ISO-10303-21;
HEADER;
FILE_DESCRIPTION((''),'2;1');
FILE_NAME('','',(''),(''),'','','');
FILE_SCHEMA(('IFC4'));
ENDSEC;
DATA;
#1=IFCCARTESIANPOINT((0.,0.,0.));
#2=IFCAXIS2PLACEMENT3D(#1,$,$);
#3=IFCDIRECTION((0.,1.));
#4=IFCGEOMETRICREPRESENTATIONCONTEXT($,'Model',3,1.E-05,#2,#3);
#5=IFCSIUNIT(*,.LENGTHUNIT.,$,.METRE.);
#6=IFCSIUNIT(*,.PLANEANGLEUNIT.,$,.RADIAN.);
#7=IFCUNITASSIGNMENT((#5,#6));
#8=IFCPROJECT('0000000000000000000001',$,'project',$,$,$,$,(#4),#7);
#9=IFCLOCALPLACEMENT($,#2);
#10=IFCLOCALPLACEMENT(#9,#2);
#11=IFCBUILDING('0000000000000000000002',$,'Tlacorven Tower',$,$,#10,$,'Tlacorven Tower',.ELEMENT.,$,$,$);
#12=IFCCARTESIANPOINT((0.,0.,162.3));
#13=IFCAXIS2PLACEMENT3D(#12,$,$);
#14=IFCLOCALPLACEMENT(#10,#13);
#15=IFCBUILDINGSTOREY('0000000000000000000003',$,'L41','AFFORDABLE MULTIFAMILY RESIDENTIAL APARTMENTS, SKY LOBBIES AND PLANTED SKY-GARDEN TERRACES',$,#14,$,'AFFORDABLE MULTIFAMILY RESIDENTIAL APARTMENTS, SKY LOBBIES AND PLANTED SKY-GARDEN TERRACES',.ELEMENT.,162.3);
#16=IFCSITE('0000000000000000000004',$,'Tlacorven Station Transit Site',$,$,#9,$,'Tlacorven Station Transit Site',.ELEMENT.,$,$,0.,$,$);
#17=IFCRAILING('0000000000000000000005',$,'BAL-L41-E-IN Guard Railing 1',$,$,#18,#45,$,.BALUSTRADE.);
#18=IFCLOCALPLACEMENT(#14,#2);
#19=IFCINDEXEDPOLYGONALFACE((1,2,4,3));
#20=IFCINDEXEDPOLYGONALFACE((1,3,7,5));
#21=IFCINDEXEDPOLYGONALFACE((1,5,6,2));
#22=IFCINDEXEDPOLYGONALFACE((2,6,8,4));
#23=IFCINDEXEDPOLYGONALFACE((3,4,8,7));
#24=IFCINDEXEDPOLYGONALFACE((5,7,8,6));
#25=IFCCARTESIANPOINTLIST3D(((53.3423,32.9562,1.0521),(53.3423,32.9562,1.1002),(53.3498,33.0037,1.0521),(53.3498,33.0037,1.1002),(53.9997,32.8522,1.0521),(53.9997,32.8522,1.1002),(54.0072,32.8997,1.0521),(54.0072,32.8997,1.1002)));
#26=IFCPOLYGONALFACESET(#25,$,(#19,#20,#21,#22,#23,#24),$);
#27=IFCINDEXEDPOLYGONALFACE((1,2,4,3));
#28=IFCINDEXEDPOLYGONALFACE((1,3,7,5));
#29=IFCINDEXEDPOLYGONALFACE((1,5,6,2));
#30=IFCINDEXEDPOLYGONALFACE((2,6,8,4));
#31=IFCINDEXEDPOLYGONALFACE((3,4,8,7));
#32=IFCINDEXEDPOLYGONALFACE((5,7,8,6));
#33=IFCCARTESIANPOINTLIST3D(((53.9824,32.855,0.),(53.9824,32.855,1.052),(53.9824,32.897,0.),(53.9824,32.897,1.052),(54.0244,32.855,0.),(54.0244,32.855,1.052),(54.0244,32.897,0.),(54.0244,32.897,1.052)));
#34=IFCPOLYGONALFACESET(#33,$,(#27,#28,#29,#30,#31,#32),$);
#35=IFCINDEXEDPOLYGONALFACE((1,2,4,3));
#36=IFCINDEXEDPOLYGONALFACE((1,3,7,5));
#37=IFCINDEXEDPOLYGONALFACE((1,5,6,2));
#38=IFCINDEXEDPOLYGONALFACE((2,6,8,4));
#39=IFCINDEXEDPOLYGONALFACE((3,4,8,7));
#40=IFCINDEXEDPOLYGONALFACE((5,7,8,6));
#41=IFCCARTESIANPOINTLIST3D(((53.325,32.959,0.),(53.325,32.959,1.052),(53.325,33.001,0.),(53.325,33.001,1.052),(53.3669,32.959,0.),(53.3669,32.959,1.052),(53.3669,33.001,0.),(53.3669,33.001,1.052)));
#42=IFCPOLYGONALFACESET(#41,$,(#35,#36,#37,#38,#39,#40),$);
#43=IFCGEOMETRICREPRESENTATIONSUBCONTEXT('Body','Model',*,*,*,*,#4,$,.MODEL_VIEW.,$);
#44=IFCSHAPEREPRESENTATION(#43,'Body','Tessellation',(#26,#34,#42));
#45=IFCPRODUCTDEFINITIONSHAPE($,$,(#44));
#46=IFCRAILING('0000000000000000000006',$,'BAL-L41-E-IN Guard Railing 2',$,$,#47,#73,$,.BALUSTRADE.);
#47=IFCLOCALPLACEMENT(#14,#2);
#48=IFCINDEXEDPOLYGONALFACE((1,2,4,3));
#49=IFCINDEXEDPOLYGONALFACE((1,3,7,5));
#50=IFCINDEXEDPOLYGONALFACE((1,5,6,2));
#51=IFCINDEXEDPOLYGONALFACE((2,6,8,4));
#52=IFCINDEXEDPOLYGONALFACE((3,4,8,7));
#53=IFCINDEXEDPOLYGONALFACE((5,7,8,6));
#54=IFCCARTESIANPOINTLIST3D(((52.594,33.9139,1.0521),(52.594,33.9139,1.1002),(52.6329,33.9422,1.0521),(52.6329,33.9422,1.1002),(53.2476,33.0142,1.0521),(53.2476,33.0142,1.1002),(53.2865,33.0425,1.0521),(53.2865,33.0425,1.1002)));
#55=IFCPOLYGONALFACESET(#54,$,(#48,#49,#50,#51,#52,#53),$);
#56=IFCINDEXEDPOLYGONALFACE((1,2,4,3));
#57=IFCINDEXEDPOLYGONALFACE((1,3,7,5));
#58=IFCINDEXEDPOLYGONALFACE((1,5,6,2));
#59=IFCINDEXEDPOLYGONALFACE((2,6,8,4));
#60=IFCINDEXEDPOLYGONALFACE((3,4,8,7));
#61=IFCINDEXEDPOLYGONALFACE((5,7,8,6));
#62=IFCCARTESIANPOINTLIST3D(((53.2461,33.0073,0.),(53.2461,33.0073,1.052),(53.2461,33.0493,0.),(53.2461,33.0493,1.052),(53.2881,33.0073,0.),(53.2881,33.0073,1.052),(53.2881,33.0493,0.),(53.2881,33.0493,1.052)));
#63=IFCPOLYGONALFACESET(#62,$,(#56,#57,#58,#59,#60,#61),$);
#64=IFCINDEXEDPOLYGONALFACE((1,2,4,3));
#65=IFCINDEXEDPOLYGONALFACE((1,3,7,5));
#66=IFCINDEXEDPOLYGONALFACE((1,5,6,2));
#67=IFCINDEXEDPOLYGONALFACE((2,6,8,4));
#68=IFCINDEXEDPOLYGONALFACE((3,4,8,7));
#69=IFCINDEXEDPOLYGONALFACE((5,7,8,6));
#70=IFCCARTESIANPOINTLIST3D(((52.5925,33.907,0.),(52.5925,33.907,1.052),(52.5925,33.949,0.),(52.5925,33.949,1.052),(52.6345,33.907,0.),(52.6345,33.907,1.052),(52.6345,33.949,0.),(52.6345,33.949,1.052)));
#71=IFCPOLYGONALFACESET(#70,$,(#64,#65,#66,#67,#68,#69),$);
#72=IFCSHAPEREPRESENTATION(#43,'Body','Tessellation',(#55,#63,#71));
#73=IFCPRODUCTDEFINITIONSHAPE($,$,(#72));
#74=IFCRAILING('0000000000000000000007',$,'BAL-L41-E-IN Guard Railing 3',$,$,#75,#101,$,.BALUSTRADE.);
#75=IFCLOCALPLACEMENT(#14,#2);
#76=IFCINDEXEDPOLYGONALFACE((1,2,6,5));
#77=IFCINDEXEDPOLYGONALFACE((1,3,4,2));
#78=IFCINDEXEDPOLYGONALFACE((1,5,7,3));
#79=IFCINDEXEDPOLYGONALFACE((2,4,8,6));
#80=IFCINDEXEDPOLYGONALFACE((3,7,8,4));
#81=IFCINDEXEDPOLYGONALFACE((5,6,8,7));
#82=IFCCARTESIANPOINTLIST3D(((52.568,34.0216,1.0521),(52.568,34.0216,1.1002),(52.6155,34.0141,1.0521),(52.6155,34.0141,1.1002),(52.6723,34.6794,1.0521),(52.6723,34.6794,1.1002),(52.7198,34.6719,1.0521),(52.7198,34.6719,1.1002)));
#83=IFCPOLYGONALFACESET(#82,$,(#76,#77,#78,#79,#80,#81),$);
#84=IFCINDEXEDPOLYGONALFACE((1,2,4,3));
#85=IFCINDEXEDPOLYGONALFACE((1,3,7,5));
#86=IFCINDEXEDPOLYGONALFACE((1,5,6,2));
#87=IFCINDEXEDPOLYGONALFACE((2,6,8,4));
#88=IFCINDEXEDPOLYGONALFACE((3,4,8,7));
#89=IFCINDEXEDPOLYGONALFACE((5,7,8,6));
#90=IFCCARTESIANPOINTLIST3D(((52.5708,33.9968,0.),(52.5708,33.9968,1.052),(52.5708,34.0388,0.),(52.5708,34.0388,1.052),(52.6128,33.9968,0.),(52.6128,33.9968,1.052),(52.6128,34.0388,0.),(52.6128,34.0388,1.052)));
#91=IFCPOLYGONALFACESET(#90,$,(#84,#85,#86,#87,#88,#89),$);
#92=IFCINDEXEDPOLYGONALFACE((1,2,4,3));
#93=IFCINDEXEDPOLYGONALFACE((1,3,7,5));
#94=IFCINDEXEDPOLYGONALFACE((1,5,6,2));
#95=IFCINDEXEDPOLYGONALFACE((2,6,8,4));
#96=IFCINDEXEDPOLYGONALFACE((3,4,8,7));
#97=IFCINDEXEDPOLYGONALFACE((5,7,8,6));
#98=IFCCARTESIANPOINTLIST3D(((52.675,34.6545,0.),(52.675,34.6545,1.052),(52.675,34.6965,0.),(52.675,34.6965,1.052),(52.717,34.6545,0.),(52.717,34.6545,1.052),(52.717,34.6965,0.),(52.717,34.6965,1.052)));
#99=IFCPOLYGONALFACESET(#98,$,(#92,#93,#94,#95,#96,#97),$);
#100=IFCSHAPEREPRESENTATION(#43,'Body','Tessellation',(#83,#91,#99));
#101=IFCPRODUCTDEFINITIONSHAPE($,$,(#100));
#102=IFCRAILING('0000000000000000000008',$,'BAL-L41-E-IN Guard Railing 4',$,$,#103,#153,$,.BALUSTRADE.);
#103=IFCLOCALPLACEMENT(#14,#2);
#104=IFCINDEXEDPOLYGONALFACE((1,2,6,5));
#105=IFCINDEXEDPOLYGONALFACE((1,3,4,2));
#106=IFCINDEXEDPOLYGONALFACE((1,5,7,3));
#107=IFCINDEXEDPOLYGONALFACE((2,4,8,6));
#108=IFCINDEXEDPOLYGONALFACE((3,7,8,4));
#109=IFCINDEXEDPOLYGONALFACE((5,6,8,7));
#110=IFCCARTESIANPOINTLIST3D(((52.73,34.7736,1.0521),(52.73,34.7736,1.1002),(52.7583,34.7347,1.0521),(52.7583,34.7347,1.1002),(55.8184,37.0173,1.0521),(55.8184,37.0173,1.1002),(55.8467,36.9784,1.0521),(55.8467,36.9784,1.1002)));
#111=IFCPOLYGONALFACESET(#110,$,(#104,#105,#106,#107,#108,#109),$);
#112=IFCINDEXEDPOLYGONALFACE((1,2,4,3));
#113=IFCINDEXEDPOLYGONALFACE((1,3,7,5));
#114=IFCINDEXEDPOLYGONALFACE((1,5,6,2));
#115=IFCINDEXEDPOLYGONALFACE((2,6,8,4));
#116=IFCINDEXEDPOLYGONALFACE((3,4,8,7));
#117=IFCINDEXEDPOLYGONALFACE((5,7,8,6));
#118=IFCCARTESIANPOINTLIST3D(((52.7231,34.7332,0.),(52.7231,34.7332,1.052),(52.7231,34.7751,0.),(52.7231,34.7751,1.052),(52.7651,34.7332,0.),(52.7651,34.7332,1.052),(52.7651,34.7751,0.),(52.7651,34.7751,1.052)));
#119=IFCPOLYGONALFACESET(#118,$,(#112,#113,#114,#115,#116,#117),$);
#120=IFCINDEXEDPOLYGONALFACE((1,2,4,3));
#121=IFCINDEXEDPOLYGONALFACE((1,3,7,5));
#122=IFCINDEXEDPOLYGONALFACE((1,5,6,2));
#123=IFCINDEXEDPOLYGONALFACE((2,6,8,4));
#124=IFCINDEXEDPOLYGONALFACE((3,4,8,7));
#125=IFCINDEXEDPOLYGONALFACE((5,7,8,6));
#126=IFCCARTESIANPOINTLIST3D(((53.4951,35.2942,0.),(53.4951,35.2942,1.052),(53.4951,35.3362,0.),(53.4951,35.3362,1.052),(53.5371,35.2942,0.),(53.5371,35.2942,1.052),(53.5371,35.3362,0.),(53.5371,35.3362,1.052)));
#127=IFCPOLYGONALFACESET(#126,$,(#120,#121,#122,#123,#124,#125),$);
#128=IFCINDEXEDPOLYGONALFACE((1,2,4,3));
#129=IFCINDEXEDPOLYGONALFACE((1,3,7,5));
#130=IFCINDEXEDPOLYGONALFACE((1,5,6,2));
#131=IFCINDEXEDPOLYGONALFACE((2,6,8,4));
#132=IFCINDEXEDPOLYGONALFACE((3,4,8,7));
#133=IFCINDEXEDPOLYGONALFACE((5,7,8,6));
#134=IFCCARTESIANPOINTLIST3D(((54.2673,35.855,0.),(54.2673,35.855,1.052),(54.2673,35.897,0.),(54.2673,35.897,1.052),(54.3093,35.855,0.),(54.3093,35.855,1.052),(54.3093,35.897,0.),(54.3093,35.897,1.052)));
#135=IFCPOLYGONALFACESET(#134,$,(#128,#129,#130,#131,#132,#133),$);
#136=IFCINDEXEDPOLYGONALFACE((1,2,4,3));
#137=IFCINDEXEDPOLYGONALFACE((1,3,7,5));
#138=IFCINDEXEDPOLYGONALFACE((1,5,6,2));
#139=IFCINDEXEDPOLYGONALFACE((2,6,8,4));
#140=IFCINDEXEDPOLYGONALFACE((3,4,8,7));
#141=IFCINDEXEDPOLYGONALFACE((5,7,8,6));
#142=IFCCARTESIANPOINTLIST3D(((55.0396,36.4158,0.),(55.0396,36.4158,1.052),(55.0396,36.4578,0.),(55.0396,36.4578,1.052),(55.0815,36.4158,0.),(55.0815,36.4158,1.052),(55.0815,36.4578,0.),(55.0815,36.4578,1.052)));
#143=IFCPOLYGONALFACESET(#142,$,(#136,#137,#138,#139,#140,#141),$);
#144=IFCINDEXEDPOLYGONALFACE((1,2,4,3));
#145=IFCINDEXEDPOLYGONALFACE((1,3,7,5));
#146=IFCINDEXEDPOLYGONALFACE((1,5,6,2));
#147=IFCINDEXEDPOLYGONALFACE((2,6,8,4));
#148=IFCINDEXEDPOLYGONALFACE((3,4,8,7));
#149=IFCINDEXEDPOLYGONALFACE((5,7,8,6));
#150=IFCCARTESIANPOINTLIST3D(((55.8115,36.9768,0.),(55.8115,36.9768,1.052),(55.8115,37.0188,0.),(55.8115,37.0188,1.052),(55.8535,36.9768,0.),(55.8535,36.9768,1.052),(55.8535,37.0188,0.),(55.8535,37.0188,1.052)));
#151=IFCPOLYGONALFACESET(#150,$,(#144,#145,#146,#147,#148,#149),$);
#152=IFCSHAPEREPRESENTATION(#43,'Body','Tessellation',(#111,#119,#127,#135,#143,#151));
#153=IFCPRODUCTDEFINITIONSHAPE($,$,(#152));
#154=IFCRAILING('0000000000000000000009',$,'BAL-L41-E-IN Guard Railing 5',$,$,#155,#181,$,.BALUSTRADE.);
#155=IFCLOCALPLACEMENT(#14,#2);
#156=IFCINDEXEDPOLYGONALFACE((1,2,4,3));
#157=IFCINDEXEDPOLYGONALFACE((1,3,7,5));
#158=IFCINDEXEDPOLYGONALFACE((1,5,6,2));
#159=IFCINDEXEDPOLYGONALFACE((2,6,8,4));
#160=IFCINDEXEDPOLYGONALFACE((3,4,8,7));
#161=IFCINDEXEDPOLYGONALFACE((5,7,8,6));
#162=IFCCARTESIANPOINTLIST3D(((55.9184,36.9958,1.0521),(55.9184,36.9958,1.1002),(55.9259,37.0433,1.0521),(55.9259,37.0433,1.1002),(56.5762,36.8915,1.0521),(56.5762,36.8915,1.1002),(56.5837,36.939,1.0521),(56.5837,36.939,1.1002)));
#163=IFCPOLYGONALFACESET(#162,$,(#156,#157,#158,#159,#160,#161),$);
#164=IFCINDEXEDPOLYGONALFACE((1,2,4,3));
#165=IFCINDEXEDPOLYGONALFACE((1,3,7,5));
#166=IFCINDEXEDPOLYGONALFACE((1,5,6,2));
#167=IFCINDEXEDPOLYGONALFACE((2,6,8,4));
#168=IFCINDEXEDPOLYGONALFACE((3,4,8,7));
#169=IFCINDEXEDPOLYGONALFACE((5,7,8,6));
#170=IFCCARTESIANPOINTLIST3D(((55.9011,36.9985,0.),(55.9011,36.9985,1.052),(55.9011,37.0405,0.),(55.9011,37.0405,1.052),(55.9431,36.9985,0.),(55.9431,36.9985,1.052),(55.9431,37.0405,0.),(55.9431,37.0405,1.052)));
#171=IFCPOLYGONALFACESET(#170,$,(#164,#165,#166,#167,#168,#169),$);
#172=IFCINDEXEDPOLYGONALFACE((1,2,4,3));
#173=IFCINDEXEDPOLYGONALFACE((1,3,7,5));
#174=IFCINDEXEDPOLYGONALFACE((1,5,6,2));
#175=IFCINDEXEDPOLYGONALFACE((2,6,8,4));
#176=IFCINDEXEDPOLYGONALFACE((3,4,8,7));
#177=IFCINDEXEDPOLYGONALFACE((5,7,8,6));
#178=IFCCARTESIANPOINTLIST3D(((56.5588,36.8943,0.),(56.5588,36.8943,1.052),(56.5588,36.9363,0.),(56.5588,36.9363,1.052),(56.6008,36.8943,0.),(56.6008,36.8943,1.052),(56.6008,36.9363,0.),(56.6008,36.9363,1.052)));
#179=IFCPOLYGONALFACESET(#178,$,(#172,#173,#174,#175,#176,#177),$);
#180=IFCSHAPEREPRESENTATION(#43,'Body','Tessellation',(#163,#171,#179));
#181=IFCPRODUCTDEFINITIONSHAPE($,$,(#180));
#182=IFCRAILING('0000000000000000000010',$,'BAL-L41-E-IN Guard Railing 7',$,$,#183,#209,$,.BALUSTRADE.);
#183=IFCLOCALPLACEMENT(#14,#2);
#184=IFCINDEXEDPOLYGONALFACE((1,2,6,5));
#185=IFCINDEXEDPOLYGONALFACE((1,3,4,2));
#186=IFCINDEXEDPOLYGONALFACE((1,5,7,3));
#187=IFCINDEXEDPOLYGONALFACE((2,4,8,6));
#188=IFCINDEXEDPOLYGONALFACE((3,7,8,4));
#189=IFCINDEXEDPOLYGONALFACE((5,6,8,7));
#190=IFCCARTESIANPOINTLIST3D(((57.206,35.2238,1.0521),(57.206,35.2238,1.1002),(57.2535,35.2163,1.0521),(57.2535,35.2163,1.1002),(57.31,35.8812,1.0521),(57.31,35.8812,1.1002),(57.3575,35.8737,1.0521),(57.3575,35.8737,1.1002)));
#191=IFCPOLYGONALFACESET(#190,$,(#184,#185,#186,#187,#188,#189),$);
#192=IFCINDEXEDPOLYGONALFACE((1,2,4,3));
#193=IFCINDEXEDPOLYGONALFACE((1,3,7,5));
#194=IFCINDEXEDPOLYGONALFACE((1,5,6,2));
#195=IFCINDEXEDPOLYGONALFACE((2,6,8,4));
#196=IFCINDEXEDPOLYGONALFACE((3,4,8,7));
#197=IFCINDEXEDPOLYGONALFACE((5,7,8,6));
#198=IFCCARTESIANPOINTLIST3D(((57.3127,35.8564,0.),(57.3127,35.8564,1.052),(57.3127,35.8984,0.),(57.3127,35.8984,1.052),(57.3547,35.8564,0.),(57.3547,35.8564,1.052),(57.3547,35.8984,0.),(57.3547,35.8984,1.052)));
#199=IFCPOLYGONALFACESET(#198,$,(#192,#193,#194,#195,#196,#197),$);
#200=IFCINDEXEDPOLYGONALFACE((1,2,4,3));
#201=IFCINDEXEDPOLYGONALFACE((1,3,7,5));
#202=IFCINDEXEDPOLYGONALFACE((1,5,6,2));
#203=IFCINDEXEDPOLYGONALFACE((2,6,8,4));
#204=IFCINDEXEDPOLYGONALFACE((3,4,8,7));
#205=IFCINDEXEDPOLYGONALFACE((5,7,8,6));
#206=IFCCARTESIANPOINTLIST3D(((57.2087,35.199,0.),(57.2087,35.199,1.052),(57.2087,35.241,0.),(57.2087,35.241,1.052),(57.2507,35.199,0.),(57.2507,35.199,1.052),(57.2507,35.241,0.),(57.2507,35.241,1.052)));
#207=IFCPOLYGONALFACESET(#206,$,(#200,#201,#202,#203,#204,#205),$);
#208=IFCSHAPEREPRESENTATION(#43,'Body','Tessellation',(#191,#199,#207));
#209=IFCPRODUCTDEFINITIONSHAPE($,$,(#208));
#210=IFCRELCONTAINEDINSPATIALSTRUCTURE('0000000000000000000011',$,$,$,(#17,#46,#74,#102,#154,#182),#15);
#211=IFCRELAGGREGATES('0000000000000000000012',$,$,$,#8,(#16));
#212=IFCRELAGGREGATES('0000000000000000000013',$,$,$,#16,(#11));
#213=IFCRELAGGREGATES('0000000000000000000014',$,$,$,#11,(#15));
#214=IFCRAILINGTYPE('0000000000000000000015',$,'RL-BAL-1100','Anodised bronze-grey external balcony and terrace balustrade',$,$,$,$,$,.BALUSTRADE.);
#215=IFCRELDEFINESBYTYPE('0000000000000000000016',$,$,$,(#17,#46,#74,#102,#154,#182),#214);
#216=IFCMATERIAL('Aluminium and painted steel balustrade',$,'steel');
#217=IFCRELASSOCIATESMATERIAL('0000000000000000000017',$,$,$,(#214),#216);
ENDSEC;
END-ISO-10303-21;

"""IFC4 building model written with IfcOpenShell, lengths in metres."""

from ifc_helpers import new_model, si_unit, direction, frame, origin, origin_2d, place, context, subcontext, project, spatial, rectangle, extrude, source, transform, mapped, material, type_object, element, save


model = new_model("IFC4")

# Units and contexts
model_context = context("Model", 3, precision=1e-05, world=origin(), true_north=direction((0.0, 1.0)))
body_context = subcontext(model_context, "Body", "Model", "MODEL_VIEW")
ifc_project = project(units=[si_unit("LENGTHUNIT", "METRE"), si_unit("PLANEANGLEUNIT", "RADIAN")], contexts=[model_context])

# Site, building, storey
site_placement = place(None, origin())
site = spatial("IfcSite", under=ifc_project, at=site_placement, Name="Tlacorven Station Transit Site", LongName="Tlacorven Station Transit Site", CompositionType="ELEMENT", RefElevation=0.0)
building_placement = place(site_placement, origin())
building = spatial("IfcBuilding", under=site, at=building_placement, Name="Tlacorven Tower", LongName="Tlacorven Tower", CompositionType="ELEMENT")
storey_placement = place(building_placement, frame((0.0, 0.0, 162.3)))
storey = spatial("IfcBuildingStorey", under=building, at=storey_placement, Name="L41", Description="AFFORDABLE MULTIFAMILY RESIDENTIAL APARTMENTS, SKY LOBBIES AND PLANTED SKY-GARDEN TERRACES", LongName="AFFORDABLE MULTIFAMILY RESIDENTIAL APARTMENTS, SKY LOBBIES AND PLANTED SKY-GARDEN TERRACES", CompositionType="ELEMENT", Elevation=162.3)

# Railings
ifc_material_1 = material(Name="Aluminium and painted steel balustrade", Category="steel")
railing_type_1 = type_object("IfcRailingType", Name="RL-BAL-1100", Description="Anodised bronze-grey external balcony and terrace balustrade", PredefinedType="BALUSTRADE", material=ifc_material_1)
shared_shape_1 = source(origin(), body_context, "Body", "SweptSolid", [
    extrude(rectangle(XDim=0.0481, YDim=0.0481, at=origin_2d()), frame((0.0, 0.0, 1.0762), z_axis=(-0.987718, 0.156245, 0.0), x_axis=(-0.156245, -0.987718, 0.0)), (0.0, 0.0, 1.0), 0.6655),
    extrude(rectangle(XDim=0.042, YDim=0.042, at=origin_2d()), origin(), (0.0, 0.0, 1.0), 1.052),
    extrude(rectangle(XDim=0.042, YDim=0.042, at=origin_2d()), frame((-0.6575, 0.104, 0.0)), (0.0, 0.0, 1.0), 1.052),
])
railing_1_placement = place(storey_placement, frame((54.0034, 32.876, 0.0)))
element("IfcRailing", 1, at=railing_1_placement, inside=storey, type_object=railing_type_1, Name="BAL-L41-E-IN Guard Railing 1", PredefinedType="BALUSTRADE", context=body_context, shape_type="MappedRepresentation", body=[
    mapped(shared_shape_1, transform((0.0, 0.0, 0.0), scale=1.0)),
])
shared_shape_2 = source(origin(), body_context, "Body", "SweptSolid", [
    extrude(rectangle(XDim=0.0481, YDim=0.0481, at=origin_2d()), frame((0.0, 0.0, 1.0762), z_axis=(-0.587741, 0.809049, 0.0), x_axis=(-0.809049, -0.587741, 0.0)), (0.0, 0.0, 1.0), 1.1121),
    extrude(rectangle(XDim=0.042, YDim=0.042, at=origin_2d()), origin(), (0.0, 0.0, 1.0), 1.052),
    extrude(rectangle(XDim=0.042, YDim=0.042, at=origin_2d()), frame((-0.6536, 0.8997, 0.0)), (0.0, 0.0, 1.0), 1.052),
])
railing_2_placement = place(storey_placement, frame((53.2671, 33.0283, 0.0)))
element("IfcRailing", 2, at=railing_2_placement, inside=storey, type_object=railing_type_1, Name="BAL-L41-E-IN Guard Railing 2", PredefinedType="BALUSTRADE", context=body_context, shape_type="MappedRepresentation", body=[
    mapped(shared_shape_2, transform((0.0, 0.0, 0.0), scale=1.0)),
])
shared_shape_3 = source(origin(), body_context, "Body", "SweptSolid", [
    extrude(rectangle(XDim=0.0481, YDim=0.0481, at=origin_2d()), frame((0.0, 0.0, 1.0762), z_axis=(0.156546, 0.987671, 0.0), x_axis=(-0.987671, 0.156546, 0.0)), (0.0, 0.0, 1.0), 0.666),
    extrude(rectangle(XDim=0.042, YDim=0.042, at=origin_2d()), origin(), (0.0, 0.0, 1.0), 1.052),
    extrude(rectangle(XDim=0.042, YDim=0.042, at=origin_2d()), frame((0.1042, 0.6577, 0.0)), (0.0, 0.0, 1.0), 1.052),
])
railing_3_placement = place(storey_placement, frame((52.5918, 34.0178, 0.0)))
element("IfcRailing", 3, at=railing_3_placement, inside=storey, type_object=railing_type_1, Name="BAL-L41-E-IN Guard Railing 3", PredefinedType="BALUSTRADE", context=body_context, shape_type="MappedRepresentation", body=[
    mapped(shared_shape_3, transform((0.0, 0.0, 0.0), scale=1.0)),
])
shared_shape_4 = source(origin(), body_context, "Body", "SweptSolid", [
    extrude(rectangle(XDim=0.0481, YDim=0.0481, at=origin_2d()), frame((0.0, 0.0, 1.0762), z_axis=(0.80904, 0.587753, 0.0), x_axis=(-0.587753, 0.80904, 0.0)), (0.0, 0.0, 1.0), 3.8174),
    extrude(rectangle(XDim=0.042, YDim=0.042, at=origin_2d()), origin(), (0.0, 0.0, 1.0), 1.052),
    extrude(rectangle(XDim=0.042, YDim=0.042, at=origin_2d()), frame((0.772, 0.561, 0.0)), (0.0, 0.0, 1.0), 1.052),
    extrude(rectangle(XDim=0.042, YDim=0.042, at=origin_2d()), frame((1.5442, 1.1218, 0.0)), (0.0, 0.0, 1.0), 1.052),
    extrude(rectangle(XDim=0.042, YDim=0.042, at=origin_2d()), frame((2.3164, 1.6826, 0.0)), (0.0, 0.0, 1.0), 1.052),
    extrude(rectangle(XDim=0.042, YDim=0.042, at=origin_2d()), frame((3.0884, 2.2437, 0.0)), (0.0, 0.0, 1.0), 1.052),
])
railing_4_placement = place(storey_placement, frame((52.7441, 34.7542, 0.0)))
element("IfcRailing", 4, at=railing_4_placement, inside=storey, type_object=railing_type_1, Name="BAL-L41-E-IN Guard Railing 4", PredefinedType="BALUSTRADE", context=body_context, shape_type="MappedRepresentation", body=[
    mapped(shared_shape_4, transform((0.0, 0.0, 0.0), scale=1.0)),
])
shared_shape_5 = source(origin(), body_context, "Body", "SweptSolid", [
    extrude(rectangle(XDim=0.0481, YDim=0.0481, at=origin_2d()), frame((0.0, 0.0, 1.0762), z_axis=(0.987671, -0.156546, 0.0), x_axis=(0.156546, 0.987671, 0.0)), (0.0, 0.0, 1.0), 0.666),
    extrude(rectangle(XDim=0.042, YDim=0.042, at=origin_2d()), origin(), (0.0, 0.0, 1.0), 1.052),
    extrude(rectangle(XDim=0.042, YDim=0.042, at=origin_2d()), frame((0.6577, -0.1042, 0.0)), (0.0, 0.0, 1.0), 1.052),
])
railing_5_placement = place(storey_placement, frame((55.9221, 37.0195, 0.0)))
element("IfcRailing", 5, at=railing_5_placement, inside=storey, type_object=railing_type_1, Name="BAL-L41-E-IN Guard Railing 5", PredefinedType="BALUSTRADE", context=body_context, shape_type="MappedRepresentation", body=[
    mapped(shared_shape_5, transform((0.0, 0.0, 0.0), scale=1.0)),
])
shared_shape_6 = source(origin(), body_context, "Body", "SweptSolid", [
    extrude(rectangle(XDim=0.0481, YDim=0.0481, at=origin_2d()), frame((0.0, 0.0, 1.0762), z_axis=(-0.156245, -0.987718, 0.0), x_axis=(0.987718, -0.156245, 0.0)), (0.0, 0.0, 1.0), 0.6655),
    extrude(rectangle(XDim=0.042, YDim=0.042, at=origin_2d()), origin(), (0.0, 0.0, 1.0), 1.052),
    extrude(rectangle(XDim=0.042, YDim=0.042, at=origin_2d()), frame((-0.104, -0.6575, 0.0)), (0.0, 0.0, 1.0), 1.052),
])
railing_6_placement = place(storey_placement, frame((57.3337, 35.8774, 0.0)))
element("IfcRailing", 6, at=railing_6_placement, inside=storey, type_object=railing_type_1, Name="BAL-L41-E-IN Guard Railing 7", PredefinedType="BALUSTRADE", context=body_context, shape_type="MappedRepresentation", body=[
    mapped(shared_shape_6, transform((0.0, 0.0, 0.0), scale=1.0)),
])

save(model, "model.ifc")
